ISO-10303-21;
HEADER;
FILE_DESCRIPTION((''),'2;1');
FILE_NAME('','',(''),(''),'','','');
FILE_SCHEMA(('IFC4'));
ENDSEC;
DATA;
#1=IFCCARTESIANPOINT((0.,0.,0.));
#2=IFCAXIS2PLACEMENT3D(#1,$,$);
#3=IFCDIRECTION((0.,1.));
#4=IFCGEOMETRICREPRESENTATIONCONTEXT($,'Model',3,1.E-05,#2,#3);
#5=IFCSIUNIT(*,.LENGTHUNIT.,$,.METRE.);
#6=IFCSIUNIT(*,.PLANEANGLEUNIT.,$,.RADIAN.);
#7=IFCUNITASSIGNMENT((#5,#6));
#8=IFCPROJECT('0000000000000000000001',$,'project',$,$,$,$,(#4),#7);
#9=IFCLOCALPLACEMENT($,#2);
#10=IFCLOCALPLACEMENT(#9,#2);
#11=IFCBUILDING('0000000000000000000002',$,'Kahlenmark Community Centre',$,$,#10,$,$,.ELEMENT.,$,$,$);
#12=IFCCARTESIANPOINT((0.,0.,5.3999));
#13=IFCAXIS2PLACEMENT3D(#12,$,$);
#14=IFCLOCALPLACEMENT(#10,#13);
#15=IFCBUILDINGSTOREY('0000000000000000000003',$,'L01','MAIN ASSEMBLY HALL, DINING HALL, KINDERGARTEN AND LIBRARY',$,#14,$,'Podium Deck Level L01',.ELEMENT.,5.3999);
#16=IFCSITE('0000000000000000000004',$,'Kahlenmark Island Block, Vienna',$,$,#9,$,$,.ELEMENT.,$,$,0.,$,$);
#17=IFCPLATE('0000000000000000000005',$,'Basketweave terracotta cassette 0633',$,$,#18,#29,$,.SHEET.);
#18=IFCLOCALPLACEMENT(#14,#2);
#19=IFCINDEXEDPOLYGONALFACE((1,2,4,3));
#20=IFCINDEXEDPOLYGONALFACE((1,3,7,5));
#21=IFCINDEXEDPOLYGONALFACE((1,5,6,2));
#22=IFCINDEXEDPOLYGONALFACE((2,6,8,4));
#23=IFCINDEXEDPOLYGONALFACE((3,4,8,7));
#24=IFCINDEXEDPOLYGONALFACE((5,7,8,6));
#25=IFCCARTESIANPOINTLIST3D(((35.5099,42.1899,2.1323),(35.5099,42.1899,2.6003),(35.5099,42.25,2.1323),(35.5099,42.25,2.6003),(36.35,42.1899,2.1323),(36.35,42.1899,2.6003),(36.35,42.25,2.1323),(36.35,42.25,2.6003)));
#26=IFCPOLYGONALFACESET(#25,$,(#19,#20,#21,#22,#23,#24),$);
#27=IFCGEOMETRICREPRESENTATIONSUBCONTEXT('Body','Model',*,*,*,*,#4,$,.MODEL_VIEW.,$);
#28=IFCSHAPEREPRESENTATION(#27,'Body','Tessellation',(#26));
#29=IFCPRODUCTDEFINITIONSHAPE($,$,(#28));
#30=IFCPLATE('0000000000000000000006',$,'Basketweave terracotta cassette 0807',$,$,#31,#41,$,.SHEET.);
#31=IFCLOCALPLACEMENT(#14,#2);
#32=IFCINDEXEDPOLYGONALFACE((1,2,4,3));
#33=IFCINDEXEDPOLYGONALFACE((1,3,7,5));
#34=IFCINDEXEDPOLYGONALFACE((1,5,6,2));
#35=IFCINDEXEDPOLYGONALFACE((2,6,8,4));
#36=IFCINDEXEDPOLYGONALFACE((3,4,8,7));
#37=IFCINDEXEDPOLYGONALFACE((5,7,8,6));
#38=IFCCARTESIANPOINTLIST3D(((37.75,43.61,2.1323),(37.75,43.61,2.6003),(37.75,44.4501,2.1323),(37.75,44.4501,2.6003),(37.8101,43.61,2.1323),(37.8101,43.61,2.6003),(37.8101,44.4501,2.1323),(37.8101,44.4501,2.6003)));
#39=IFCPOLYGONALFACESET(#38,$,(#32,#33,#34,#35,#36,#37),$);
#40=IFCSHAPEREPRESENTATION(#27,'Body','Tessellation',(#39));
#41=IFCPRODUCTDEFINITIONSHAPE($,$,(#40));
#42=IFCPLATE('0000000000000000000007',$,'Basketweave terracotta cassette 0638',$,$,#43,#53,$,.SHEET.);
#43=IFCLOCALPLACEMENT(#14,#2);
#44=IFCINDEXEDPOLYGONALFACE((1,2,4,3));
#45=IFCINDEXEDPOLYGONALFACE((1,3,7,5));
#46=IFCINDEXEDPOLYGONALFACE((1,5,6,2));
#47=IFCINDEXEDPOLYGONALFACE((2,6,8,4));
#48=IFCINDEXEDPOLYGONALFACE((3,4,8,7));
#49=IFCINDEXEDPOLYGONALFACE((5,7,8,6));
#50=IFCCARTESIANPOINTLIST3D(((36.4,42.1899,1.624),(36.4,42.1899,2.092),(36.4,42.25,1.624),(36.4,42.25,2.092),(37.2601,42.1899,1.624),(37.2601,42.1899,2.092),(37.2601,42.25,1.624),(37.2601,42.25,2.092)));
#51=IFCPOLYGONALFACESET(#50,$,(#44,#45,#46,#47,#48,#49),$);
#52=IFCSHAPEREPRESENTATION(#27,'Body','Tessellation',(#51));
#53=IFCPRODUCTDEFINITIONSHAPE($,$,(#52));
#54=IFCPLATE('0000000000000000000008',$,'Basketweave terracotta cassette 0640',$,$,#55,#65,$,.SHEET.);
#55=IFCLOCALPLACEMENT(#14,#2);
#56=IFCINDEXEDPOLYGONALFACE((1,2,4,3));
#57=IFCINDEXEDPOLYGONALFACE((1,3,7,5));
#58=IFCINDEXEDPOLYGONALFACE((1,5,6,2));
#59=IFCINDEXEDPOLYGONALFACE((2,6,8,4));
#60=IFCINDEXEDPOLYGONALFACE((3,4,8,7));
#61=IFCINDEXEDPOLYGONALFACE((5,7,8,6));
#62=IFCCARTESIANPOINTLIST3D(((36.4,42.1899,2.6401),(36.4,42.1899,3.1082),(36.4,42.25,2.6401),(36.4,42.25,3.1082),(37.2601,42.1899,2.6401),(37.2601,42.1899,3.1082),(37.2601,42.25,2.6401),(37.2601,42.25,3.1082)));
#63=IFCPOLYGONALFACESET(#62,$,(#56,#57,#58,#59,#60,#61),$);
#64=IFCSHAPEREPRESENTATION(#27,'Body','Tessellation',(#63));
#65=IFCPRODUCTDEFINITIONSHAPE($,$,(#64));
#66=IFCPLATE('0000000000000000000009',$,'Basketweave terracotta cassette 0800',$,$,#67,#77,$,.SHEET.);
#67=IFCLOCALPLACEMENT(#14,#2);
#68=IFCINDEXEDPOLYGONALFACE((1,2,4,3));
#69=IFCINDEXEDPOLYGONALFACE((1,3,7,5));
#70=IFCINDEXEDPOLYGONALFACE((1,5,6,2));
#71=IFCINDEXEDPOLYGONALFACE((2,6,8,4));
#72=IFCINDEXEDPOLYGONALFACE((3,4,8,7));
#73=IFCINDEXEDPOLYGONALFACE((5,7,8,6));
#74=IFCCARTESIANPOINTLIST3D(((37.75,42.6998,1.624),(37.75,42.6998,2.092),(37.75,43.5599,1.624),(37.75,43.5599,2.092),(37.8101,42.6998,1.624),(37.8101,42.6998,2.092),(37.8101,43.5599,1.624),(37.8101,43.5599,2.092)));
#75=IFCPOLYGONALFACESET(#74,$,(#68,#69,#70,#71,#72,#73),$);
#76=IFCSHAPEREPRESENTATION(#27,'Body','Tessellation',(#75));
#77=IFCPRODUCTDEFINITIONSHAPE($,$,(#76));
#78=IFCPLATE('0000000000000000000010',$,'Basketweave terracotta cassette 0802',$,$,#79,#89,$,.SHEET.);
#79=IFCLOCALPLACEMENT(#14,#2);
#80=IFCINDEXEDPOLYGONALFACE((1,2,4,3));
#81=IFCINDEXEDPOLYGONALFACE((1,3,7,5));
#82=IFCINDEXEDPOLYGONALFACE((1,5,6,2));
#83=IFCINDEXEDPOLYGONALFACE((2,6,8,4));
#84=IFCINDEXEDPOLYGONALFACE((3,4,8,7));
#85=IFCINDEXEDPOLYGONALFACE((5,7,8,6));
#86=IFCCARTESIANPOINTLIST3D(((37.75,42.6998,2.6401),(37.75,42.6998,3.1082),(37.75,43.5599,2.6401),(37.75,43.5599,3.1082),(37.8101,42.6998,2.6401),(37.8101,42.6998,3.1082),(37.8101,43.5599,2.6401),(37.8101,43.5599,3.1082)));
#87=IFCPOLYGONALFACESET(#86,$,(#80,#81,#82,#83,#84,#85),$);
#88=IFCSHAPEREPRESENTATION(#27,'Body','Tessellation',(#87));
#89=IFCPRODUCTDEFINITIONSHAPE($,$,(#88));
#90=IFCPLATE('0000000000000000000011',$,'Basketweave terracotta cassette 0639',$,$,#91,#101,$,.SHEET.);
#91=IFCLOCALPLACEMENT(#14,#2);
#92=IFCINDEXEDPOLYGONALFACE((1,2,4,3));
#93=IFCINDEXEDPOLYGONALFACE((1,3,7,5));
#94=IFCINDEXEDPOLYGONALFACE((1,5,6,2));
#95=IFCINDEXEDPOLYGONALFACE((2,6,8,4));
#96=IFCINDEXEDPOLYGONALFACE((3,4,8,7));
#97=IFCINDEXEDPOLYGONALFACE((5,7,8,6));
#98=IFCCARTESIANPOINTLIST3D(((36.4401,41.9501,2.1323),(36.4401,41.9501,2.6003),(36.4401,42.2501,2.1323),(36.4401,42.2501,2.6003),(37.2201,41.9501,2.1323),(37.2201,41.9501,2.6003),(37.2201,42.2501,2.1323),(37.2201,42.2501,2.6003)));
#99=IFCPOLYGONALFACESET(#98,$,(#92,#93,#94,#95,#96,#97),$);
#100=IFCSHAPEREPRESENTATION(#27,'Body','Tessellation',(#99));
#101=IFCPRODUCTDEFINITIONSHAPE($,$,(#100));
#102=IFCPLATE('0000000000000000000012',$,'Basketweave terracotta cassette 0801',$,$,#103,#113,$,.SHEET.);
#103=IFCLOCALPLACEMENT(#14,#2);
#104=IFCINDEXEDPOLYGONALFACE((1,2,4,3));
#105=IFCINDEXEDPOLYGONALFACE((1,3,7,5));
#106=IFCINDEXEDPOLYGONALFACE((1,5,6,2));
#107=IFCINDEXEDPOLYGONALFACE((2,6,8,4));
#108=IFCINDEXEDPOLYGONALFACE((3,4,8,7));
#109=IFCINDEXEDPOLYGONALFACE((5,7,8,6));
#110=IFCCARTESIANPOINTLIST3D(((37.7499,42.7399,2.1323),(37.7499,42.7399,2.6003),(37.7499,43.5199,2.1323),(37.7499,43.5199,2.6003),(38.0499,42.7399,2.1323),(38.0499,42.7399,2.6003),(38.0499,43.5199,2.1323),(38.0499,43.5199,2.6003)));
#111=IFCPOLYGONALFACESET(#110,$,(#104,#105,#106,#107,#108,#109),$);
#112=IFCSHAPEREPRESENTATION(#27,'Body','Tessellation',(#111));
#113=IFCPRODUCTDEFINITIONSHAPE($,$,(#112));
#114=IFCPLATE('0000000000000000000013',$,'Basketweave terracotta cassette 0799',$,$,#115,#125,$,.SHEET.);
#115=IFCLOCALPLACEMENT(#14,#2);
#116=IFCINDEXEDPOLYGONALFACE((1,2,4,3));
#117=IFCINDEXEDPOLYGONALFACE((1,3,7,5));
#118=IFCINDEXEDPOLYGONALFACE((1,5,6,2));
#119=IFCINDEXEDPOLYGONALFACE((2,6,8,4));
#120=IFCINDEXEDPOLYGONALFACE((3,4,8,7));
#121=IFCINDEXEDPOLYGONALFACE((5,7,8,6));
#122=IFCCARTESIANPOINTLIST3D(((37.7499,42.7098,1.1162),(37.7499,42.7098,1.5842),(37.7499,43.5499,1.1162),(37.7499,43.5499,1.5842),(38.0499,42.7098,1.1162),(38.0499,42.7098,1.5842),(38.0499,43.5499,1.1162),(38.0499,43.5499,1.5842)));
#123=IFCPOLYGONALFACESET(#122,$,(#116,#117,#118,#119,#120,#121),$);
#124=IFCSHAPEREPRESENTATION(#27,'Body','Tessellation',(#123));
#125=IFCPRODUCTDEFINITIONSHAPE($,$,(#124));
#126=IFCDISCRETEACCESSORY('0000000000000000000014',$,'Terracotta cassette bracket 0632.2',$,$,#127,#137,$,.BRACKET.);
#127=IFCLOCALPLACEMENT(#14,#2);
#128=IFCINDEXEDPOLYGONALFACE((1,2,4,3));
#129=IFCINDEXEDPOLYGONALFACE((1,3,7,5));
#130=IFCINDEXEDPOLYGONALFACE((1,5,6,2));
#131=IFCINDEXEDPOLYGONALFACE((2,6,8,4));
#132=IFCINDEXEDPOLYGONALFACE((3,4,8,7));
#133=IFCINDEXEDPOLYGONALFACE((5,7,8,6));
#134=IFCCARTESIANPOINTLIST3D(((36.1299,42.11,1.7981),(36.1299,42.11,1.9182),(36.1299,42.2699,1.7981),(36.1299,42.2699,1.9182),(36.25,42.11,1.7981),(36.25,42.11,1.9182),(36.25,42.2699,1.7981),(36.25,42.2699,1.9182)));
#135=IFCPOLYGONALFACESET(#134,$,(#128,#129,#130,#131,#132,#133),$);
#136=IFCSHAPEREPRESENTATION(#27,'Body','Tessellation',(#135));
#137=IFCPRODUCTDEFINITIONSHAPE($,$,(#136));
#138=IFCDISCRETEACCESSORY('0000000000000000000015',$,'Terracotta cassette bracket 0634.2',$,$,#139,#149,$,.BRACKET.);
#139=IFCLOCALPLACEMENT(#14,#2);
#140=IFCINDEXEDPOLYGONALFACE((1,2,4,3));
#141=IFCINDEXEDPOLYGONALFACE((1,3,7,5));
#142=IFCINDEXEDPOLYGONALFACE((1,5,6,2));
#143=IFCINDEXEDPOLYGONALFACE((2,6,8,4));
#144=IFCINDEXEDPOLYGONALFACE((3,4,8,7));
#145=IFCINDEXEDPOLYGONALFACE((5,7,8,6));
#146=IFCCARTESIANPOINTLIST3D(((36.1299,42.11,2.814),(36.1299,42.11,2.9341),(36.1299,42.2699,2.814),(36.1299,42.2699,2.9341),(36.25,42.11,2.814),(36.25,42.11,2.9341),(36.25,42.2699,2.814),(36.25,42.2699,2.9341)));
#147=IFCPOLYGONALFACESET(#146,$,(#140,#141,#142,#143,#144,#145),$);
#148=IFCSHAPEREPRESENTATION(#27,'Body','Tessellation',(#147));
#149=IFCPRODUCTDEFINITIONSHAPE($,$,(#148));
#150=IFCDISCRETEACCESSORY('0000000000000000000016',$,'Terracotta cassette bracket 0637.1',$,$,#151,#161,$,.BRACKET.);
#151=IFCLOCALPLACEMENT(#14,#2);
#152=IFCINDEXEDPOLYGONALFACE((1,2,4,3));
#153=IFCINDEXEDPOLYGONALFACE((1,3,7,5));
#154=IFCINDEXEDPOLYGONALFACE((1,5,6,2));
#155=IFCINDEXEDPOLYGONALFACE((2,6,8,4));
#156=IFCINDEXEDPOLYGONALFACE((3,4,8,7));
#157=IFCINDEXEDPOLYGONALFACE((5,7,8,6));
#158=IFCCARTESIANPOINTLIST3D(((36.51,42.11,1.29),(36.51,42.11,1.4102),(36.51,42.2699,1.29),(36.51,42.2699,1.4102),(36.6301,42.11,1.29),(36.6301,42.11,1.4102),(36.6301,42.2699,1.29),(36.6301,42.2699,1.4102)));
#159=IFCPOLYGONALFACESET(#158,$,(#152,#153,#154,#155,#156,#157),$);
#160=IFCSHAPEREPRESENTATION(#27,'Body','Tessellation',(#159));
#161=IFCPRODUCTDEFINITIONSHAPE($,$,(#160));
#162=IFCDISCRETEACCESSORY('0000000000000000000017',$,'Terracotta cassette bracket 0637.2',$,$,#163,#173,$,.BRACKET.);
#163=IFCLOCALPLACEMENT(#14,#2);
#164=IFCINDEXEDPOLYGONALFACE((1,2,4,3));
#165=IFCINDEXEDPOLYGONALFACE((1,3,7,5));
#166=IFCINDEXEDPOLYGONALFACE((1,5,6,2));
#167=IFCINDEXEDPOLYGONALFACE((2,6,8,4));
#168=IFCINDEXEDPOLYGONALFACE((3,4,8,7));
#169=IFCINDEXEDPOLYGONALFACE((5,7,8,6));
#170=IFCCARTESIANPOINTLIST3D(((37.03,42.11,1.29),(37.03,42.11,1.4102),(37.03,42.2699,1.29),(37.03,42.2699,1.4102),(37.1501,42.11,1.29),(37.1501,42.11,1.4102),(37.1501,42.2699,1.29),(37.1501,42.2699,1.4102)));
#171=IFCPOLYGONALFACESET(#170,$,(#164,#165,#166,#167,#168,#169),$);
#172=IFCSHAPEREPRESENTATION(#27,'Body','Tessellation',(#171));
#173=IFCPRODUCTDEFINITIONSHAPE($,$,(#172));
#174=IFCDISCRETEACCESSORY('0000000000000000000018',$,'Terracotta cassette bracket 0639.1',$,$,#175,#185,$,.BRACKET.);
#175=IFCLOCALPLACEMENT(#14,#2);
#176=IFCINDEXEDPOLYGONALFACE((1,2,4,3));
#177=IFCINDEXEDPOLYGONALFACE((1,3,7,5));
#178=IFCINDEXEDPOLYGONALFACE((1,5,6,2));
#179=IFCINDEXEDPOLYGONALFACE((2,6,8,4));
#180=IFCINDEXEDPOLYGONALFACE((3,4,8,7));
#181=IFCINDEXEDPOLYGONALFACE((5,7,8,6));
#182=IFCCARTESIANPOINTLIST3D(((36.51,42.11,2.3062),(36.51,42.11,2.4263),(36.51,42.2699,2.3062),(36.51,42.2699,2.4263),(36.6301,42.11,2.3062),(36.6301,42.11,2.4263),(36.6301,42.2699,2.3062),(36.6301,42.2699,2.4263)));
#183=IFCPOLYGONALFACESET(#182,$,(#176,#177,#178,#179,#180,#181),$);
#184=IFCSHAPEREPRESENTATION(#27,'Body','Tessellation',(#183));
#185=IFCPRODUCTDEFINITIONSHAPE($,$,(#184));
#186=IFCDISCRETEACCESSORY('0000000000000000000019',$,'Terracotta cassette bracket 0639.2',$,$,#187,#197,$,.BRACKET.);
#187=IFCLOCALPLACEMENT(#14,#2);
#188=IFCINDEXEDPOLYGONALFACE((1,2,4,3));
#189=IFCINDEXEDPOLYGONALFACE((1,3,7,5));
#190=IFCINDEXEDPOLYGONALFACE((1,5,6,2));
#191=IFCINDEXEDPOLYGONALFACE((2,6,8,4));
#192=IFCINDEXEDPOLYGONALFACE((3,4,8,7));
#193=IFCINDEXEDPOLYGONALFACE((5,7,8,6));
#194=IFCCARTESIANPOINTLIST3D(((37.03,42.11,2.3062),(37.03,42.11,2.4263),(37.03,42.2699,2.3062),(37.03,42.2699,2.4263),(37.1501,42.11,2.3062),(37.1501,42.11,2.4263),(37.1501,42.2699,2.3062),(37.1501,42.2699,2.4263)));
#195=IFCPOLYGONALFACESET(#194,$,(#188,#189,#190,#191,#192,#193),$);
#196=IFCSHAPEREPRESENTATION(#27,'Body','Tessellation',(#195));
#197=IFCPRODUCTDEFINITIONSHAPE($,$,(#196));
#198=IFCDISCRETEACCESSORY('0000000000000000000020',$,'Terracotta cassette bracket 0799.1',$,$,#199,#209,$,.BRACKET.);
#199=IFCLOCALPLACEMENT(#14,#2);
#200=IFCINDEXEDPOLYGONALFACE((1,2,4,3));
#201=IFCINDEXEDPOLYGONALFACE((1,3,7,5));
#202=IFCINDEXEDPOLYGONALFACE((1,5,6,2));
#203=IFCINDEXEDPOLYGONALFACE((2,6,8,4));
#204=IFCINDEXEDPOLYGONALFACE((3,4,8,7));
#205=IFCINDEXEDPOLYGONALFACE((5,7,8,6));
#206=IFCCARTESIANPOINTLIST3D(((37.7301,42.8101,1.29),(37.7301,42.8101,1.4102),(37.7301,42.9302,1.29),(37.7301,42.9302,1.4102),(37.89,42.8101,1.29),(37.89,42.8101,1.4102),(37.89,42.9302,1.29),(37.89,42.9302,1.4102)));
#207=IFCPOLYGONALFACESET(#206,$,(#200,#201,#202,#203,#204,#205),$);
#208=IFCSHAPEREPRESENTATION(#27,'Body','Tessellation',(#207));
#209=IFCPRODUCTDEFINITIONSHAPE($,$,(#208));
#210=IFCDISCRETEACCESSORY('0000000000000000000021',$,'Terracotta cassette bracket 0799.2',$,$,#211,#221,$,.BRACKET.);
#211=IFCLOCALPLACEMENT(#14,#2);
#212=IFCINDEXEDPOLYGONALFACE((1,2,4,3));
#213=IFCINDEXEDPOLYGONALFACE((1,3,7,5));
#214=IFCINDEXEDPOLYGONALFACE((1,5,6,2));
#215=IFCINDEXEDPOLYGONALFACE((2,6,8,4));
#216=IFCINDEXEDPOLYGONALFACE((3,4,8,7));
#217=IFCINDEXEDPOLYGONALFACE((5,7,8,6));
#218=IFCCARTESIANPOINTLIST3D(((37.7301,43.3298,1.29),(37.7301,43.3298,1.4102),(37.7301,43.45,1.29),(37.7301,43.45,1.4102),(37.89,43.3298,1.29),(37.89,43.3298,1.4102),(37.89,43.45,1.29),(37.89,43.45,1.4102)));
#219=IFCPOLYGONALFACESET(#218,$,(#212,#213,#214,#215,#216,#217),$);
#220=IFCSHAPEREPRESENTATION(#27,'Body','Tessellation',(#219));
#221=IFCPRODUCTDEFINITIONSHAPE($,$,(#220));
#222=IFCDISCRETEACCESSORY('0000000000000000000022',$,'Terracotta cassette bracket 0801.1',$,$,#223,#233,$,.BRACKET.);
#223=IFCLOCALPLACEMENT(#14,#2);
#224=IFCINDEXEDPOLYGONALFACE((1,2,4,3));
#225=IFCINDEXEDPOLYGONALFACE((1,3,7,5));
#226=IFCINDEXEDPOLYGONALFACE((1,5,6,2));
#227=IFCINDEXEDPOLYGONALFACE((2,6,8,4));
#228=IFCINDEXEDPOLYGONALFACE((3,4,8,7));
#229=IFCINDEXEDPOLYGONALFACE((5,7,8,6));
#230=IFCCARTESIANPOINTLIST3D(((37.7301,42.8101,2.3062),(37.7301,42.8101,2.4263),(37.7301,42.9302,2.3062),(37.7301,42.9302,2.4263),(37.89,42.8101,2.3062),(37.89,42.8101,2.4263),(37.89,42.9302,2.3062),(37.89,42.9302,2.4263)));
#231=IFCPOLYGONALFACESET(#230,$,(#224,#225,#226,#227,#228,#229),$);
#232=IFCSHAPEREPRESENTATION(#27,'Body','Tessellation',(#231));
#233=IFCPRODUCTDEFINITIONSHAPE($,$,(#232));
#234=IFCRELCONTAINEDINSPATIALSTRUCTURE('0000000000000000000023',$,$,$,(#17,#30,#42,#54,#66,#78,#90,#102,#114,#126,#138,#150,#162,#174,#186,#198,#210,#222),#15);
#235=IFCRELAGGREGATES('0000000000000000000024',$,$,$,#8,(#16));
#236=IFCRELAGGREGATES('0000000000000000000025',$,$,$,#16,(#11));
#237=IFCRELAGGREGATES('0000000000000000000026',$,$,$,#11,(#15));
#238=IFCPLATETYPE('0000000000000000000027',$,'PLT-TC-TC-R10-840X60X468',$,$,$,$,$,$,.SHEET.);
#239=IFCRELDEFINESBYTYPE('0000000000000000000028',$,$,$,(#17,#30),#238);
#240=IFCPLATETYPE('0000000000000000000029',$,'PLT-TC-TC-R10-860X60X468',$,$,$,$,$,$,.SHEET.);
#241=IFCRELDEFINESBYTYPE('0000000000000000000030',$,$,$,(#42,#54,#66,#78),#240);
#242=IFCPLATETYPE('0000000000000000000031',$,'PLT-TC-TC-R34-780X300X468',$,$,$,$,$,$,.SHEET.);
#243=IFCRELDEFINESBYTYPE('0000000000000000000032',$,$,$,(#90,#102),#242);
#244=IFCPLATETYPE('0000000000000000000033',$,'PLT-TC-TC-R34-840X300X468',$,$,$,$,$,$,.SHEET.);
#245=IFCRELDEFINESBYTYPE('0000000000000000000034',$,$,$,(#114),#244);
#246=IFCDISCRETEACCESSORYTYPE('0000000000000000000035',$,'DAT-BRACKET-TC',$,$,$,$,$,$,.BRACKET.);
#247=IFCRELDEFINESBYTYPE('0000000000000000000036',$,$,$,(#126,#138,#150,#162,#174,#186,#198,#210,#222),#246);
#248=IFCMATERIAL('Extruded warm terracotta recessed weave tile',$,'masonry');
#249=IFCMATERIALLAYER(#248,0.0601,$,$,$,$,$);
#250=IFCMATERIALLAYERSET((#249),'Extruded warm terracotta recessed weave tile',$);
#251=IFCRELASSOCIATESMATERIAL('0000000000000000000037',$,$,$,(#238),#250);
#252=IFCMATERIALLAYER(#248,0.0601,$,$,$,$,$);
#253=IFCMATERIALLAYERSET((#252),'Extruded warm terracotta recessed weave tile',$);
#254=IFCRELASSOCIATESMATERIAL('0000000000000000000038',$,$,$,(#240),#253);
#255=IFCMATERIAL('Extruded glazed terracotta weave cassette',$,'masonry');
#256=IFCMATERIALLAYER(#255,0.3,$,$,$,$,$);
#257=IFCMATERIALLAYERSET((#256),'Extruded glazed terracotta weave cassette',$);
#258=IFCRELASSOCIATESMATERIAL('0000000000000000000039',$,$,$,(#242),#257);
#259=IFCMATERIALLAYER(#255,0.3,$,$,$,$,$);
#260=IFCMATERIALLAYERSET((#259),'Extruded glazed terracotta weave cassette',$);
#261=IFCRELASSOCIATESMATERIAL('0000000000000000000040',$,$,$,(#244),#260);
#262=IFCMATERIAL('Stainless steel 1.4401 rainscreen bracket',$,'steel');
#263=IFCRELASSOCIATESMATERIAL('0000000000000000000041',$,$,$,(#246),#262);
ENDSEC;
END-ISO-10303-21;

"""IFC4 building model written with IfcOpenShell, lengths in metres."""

from ifc_helpers import new_model, si_unit, direction, frame, origin, origin_2d, place, context, subcontext, project, spatial, rectangle, extrude, material, layer, layer_set, type_object, element, save


model = new_model("IFC4")

# Units and contexts
model_context = context("Model", 3, precision=1e-05, world=origin(), true_north=direction((0.0, 1.0)))
body_context = subcontext(model_context, "Body", "Model", "MODEL_VIEW")
ifc_project = project(units=[si_unit("LENGTHUNIT", "METRE"), si_unit("PLANEANGLEUNIT", "RADIAN")], contexts=[model_context])

# Site, building, storey
site_placement = place(None, origin())
site = spatial("IfcSite", under=ifc_project, at=site_placement, Name="Kahlenmark Island Block, Vienna", CompositionType="ELEMENT", RefElevation=0.0)
building_placement = place(site_placement, origin())
building = spatial("IfcBuilding", under=site, at=building_placement, Name="Kahlenmark Community Centre", CompositionType="ELEMENT")
storey_placement = place(building_placement, frame((0.0, 0.0, 5.3999)))
storey = spatial("IfcBuildingStorey", under=building, at=storey_placement, Name="L01", Description="MAIN ASSEMBLY HALL, DINING HALL, KINDERGARTEN AND LIBRARY", LongName="Podium Deck Level L01", CompositionType="ELEMENT", Elevation=5.3999)

# Plates
ifc_material_1 = material(Name="Extruded warm terracotta recessed weave tile", Category="masonry")
ifc_layer_1 = layer(ifc_material_1, 0.0601)
ifc_layer_set_1 = layer_set([ifc_layer_1], Name="Extruded warm terracotta recessed weave tile")
plate_type_1 = type_object("IfcPlateType", Name="PLT-TC-TC-R10-840X60X468", PredefinedType="SHEET", material=ifc_layer_set_1)
for number, where, z_axis, x_axis, name in (
    (1, (35.9299, 42.22, 2.1323), (0.0, 0.0, 1.0), (1.0, 0.0, 0.0), "Basketweave terracotta cassette 0633"),
    (2, (37.78, 44.03, 2.1323), (0.0, 0.0, 1.0), (0.0, 1.0, 0.0), "Basketweave terracotta cassette 0807"),
):
    element("IfcPlate", number, at=place(storey_placement, frame(where, z_axis=z_axis, x_axis=x_axis)), inside=storey, type_object=plate_type_1, Name=name, PredefinedType="SHEET", context=body_context, shape_type="SweptSolid", body=[
        extrude(rectangle(XDim=0.8401, YDim=0.0601, at=origin_2d()), origin(), (0.0, 0.0, 1.0), 0.468),
    ])
ifc_layer_2 = layer(ifc_material_1, 0.0601)
ifc_layer_set_2 = layer_set([ifc_layer_2], Name="Extruded warm terracotta recessed weave tile")
plate_type_2 = type_object("IfcPlateType", Name="PLT-TC-TC-R10-860X60X468", PredefinedType="SHEET", material=ifc_layer_set_2)
for number, where, z_axis, x_axis, name in (
    (3, (36.8301, 42.22, 1.624), (0.0, 0.0, 1.0), (1.0, 0.0, 0.0), "Basketweave terracotta cassette 0638"),
    (4, (36.8301, 42.22, 2.6401), (0.0, 0.0, 1.0), (1.0, 0.0, 0.0), "Basketweave terracotta cassette 0640"),
    (5, (37.78, 43.1299, 1.624), (0.0, 0.0, 1.0), (0.0, 1.0, 0.0), "Basketweave terracotta cassette 0800"),
    (6, (37.78, 43.1299, 2.6401), (0.0, 0.0, 1.0), (0.0, 1.0, 0.0), "Basketweave terracotta cassette 0802"),
):
    element("IfcPlate", number, at=place(storey_placement, frame(where, z_axis=z_axis, x_axis=x_axis)), inside=storey, type_object=plate_type_2, Name=name, PredefinedType="SHEET", context=body_context, shape_type="SweptSolid", body=[
        extrude(rectangle(XDim=0.8601, YDim=0.0601, at=origin_2d()), origin(), (0.0, 0.0, 1.0), 0.468),
    ])
ifc_material_2 = material(Name="Extruded glazed terracotta weave cassette", Category="masonry")
ifc_layer_3 = layer(ifc_material_2, 0.3)
ifc_layer_set_3 = layer_set([ifc_layer_3], Name="Extruded glazed terracotta weave cassette")
plate_type_3 = type_object("IfcPlateType", Name="PLT-TC-TC-R34-780X300X468", PredefinedType="SHEET", material=ifc_layer_set_3)
for number, where, z_axis, x_axis, name in (
    (7, (36.8301, 42.1001, 2.1323), (0.0, 0.0, 1.0), (1.0, 0.0, 0.0), "Basketweave terracotta cassette 0639"),
    (8, (37.8999, 43.1299, 2.1323), (0.0, 0.0, 1.0), (0.0, 1.0, 0.0), "Basketweave terracotta cassette 0801"),
):
    element("IfcPlate", number, at=place(storey_placement, frame(where, z_axis=z_axis, x_axis=x_axis)), inside=storey, type_object=plate_type_3, Name=name, PredefinedType="SHEET", context=body_context, shape_type="SweptSolid", body=[
        extrude(rectangle(XDim=0.78, YDim=0.3, at=origin_2d()), origin(), (0.0, 0.0, 1.0), 0.468),
    ])
ifc_layer_4 = layer(ifc_material_2, 0.3)
ifc_layer_set_4 = layer_set([ifc_layer_4], Name="Extruded glazed terracotta weave cassette")
plate_type_4 = type_object("IfcPlateType", Name="PLT-TC-TC-R34-840X300X468", PredefinedType="SHEET", material=ifc_layer_set_4)
plate_placement = place(storey_placement, frame((37.8999, 43.1299, 1.1162), z_axis=(0.0, 0.0, 1.0), x_axis=(0.0, 1.0, 0.0)))
element("IfcPlate", 9, at=plate_placement, inside=storey, type_object=plate_type_4, Name="Basketweave terracotta cassette 0799", PredefinedType="SHEET", context=body_context, shape_type="SweptSolid", body=[
    extrude(rectangle(XDim=0.8401, YDim=0.3, at=origin_2d()), origin(), (0.0, 0.0, 1.0), 0.468),
])

# Discrete accessories
ifc_material_3 = material(Name="Stainless steel 1.4401 rainscreen bracket", Category="steel")
discrete_accessory_type = type_object("IfcDiscreteAccessoryType", Name="DAT-BRACKET-TC", PredefinedType="BRACKET", material=ifc_material_3)
for number, where, z_axis, x_axis, name in (
    (10, (36.1899, 42.1899, 1.7981), (0.0, 0.0, 1.0), (1.0, 0.0, 0.0), "Terracotta cassette bracket 0632.2"),
    (11, (36.1899, 42.1899, 2.814), (0.0, 0.0, 1.0), (1.0, 0.0, 0.0), "Terracotta cassette bracket 0634.2"),
    (12, (36.5701, 42.1899, 1.29), (0.0, 0.0, 1.0), (1.0, 0.0, 0.0), "Terracotta cassette bracket 0637.1"),
    (13, (37.0901, 42.1899, 1.29), (0.0, 0.0, 1.0), (1.0, 0.0, 0.0), "Terracotta cassette bracket 0637.2"),
    (14, (36.5701, 42.1899, 2.3062), (0.0, 0.0, 1.0), (1.0, 0.0, 0.0), "Terracotta cassette bracket 0639.1"),
    (15, (37.0901, 42.1899, 2.3062), (0.0, 0.0, 1.0), (1.0, 0.0, 0.0), "Terracotta cassette bracket 0639.2"),
    (16, (37.8101, 42.8701, 1.29), (0.0, 0.0, 1.0), (0.0, 1.0, 0.0), "Terracotta cassette bracket 0799.1"),
    (17, (37.8101, 43.3899, 1.29), (0.0, 0.0, 1.0), (0.0, 1.0, 0.0), "Terracotta cassette bracket 0799.2"),
    (18, (37.8101, 42.8701, 2.3062), (0.0, 0.0, 1.0), (0.0, 1.0, 0.0), "Terracotta cassette bracket 0801.1"),
):
    element("IfcDiscreteAccessory", number, at=place(storey_placement, frame(where, z_axis=z_axis, x_axis=x_axis)), inside=storey, type_object=discrete_accessory_type, Name=name, PredefinedType="BRACKET", context=body_context, shape_type="SweptSolid", body=[
        extrude(rectangle(XDim=0.1201, YDim=0.1599, at=origin_2d()), origin(), (0.0, 0.0, 1.0), 0.1201),
    ])

save(model, "model.ifc")
